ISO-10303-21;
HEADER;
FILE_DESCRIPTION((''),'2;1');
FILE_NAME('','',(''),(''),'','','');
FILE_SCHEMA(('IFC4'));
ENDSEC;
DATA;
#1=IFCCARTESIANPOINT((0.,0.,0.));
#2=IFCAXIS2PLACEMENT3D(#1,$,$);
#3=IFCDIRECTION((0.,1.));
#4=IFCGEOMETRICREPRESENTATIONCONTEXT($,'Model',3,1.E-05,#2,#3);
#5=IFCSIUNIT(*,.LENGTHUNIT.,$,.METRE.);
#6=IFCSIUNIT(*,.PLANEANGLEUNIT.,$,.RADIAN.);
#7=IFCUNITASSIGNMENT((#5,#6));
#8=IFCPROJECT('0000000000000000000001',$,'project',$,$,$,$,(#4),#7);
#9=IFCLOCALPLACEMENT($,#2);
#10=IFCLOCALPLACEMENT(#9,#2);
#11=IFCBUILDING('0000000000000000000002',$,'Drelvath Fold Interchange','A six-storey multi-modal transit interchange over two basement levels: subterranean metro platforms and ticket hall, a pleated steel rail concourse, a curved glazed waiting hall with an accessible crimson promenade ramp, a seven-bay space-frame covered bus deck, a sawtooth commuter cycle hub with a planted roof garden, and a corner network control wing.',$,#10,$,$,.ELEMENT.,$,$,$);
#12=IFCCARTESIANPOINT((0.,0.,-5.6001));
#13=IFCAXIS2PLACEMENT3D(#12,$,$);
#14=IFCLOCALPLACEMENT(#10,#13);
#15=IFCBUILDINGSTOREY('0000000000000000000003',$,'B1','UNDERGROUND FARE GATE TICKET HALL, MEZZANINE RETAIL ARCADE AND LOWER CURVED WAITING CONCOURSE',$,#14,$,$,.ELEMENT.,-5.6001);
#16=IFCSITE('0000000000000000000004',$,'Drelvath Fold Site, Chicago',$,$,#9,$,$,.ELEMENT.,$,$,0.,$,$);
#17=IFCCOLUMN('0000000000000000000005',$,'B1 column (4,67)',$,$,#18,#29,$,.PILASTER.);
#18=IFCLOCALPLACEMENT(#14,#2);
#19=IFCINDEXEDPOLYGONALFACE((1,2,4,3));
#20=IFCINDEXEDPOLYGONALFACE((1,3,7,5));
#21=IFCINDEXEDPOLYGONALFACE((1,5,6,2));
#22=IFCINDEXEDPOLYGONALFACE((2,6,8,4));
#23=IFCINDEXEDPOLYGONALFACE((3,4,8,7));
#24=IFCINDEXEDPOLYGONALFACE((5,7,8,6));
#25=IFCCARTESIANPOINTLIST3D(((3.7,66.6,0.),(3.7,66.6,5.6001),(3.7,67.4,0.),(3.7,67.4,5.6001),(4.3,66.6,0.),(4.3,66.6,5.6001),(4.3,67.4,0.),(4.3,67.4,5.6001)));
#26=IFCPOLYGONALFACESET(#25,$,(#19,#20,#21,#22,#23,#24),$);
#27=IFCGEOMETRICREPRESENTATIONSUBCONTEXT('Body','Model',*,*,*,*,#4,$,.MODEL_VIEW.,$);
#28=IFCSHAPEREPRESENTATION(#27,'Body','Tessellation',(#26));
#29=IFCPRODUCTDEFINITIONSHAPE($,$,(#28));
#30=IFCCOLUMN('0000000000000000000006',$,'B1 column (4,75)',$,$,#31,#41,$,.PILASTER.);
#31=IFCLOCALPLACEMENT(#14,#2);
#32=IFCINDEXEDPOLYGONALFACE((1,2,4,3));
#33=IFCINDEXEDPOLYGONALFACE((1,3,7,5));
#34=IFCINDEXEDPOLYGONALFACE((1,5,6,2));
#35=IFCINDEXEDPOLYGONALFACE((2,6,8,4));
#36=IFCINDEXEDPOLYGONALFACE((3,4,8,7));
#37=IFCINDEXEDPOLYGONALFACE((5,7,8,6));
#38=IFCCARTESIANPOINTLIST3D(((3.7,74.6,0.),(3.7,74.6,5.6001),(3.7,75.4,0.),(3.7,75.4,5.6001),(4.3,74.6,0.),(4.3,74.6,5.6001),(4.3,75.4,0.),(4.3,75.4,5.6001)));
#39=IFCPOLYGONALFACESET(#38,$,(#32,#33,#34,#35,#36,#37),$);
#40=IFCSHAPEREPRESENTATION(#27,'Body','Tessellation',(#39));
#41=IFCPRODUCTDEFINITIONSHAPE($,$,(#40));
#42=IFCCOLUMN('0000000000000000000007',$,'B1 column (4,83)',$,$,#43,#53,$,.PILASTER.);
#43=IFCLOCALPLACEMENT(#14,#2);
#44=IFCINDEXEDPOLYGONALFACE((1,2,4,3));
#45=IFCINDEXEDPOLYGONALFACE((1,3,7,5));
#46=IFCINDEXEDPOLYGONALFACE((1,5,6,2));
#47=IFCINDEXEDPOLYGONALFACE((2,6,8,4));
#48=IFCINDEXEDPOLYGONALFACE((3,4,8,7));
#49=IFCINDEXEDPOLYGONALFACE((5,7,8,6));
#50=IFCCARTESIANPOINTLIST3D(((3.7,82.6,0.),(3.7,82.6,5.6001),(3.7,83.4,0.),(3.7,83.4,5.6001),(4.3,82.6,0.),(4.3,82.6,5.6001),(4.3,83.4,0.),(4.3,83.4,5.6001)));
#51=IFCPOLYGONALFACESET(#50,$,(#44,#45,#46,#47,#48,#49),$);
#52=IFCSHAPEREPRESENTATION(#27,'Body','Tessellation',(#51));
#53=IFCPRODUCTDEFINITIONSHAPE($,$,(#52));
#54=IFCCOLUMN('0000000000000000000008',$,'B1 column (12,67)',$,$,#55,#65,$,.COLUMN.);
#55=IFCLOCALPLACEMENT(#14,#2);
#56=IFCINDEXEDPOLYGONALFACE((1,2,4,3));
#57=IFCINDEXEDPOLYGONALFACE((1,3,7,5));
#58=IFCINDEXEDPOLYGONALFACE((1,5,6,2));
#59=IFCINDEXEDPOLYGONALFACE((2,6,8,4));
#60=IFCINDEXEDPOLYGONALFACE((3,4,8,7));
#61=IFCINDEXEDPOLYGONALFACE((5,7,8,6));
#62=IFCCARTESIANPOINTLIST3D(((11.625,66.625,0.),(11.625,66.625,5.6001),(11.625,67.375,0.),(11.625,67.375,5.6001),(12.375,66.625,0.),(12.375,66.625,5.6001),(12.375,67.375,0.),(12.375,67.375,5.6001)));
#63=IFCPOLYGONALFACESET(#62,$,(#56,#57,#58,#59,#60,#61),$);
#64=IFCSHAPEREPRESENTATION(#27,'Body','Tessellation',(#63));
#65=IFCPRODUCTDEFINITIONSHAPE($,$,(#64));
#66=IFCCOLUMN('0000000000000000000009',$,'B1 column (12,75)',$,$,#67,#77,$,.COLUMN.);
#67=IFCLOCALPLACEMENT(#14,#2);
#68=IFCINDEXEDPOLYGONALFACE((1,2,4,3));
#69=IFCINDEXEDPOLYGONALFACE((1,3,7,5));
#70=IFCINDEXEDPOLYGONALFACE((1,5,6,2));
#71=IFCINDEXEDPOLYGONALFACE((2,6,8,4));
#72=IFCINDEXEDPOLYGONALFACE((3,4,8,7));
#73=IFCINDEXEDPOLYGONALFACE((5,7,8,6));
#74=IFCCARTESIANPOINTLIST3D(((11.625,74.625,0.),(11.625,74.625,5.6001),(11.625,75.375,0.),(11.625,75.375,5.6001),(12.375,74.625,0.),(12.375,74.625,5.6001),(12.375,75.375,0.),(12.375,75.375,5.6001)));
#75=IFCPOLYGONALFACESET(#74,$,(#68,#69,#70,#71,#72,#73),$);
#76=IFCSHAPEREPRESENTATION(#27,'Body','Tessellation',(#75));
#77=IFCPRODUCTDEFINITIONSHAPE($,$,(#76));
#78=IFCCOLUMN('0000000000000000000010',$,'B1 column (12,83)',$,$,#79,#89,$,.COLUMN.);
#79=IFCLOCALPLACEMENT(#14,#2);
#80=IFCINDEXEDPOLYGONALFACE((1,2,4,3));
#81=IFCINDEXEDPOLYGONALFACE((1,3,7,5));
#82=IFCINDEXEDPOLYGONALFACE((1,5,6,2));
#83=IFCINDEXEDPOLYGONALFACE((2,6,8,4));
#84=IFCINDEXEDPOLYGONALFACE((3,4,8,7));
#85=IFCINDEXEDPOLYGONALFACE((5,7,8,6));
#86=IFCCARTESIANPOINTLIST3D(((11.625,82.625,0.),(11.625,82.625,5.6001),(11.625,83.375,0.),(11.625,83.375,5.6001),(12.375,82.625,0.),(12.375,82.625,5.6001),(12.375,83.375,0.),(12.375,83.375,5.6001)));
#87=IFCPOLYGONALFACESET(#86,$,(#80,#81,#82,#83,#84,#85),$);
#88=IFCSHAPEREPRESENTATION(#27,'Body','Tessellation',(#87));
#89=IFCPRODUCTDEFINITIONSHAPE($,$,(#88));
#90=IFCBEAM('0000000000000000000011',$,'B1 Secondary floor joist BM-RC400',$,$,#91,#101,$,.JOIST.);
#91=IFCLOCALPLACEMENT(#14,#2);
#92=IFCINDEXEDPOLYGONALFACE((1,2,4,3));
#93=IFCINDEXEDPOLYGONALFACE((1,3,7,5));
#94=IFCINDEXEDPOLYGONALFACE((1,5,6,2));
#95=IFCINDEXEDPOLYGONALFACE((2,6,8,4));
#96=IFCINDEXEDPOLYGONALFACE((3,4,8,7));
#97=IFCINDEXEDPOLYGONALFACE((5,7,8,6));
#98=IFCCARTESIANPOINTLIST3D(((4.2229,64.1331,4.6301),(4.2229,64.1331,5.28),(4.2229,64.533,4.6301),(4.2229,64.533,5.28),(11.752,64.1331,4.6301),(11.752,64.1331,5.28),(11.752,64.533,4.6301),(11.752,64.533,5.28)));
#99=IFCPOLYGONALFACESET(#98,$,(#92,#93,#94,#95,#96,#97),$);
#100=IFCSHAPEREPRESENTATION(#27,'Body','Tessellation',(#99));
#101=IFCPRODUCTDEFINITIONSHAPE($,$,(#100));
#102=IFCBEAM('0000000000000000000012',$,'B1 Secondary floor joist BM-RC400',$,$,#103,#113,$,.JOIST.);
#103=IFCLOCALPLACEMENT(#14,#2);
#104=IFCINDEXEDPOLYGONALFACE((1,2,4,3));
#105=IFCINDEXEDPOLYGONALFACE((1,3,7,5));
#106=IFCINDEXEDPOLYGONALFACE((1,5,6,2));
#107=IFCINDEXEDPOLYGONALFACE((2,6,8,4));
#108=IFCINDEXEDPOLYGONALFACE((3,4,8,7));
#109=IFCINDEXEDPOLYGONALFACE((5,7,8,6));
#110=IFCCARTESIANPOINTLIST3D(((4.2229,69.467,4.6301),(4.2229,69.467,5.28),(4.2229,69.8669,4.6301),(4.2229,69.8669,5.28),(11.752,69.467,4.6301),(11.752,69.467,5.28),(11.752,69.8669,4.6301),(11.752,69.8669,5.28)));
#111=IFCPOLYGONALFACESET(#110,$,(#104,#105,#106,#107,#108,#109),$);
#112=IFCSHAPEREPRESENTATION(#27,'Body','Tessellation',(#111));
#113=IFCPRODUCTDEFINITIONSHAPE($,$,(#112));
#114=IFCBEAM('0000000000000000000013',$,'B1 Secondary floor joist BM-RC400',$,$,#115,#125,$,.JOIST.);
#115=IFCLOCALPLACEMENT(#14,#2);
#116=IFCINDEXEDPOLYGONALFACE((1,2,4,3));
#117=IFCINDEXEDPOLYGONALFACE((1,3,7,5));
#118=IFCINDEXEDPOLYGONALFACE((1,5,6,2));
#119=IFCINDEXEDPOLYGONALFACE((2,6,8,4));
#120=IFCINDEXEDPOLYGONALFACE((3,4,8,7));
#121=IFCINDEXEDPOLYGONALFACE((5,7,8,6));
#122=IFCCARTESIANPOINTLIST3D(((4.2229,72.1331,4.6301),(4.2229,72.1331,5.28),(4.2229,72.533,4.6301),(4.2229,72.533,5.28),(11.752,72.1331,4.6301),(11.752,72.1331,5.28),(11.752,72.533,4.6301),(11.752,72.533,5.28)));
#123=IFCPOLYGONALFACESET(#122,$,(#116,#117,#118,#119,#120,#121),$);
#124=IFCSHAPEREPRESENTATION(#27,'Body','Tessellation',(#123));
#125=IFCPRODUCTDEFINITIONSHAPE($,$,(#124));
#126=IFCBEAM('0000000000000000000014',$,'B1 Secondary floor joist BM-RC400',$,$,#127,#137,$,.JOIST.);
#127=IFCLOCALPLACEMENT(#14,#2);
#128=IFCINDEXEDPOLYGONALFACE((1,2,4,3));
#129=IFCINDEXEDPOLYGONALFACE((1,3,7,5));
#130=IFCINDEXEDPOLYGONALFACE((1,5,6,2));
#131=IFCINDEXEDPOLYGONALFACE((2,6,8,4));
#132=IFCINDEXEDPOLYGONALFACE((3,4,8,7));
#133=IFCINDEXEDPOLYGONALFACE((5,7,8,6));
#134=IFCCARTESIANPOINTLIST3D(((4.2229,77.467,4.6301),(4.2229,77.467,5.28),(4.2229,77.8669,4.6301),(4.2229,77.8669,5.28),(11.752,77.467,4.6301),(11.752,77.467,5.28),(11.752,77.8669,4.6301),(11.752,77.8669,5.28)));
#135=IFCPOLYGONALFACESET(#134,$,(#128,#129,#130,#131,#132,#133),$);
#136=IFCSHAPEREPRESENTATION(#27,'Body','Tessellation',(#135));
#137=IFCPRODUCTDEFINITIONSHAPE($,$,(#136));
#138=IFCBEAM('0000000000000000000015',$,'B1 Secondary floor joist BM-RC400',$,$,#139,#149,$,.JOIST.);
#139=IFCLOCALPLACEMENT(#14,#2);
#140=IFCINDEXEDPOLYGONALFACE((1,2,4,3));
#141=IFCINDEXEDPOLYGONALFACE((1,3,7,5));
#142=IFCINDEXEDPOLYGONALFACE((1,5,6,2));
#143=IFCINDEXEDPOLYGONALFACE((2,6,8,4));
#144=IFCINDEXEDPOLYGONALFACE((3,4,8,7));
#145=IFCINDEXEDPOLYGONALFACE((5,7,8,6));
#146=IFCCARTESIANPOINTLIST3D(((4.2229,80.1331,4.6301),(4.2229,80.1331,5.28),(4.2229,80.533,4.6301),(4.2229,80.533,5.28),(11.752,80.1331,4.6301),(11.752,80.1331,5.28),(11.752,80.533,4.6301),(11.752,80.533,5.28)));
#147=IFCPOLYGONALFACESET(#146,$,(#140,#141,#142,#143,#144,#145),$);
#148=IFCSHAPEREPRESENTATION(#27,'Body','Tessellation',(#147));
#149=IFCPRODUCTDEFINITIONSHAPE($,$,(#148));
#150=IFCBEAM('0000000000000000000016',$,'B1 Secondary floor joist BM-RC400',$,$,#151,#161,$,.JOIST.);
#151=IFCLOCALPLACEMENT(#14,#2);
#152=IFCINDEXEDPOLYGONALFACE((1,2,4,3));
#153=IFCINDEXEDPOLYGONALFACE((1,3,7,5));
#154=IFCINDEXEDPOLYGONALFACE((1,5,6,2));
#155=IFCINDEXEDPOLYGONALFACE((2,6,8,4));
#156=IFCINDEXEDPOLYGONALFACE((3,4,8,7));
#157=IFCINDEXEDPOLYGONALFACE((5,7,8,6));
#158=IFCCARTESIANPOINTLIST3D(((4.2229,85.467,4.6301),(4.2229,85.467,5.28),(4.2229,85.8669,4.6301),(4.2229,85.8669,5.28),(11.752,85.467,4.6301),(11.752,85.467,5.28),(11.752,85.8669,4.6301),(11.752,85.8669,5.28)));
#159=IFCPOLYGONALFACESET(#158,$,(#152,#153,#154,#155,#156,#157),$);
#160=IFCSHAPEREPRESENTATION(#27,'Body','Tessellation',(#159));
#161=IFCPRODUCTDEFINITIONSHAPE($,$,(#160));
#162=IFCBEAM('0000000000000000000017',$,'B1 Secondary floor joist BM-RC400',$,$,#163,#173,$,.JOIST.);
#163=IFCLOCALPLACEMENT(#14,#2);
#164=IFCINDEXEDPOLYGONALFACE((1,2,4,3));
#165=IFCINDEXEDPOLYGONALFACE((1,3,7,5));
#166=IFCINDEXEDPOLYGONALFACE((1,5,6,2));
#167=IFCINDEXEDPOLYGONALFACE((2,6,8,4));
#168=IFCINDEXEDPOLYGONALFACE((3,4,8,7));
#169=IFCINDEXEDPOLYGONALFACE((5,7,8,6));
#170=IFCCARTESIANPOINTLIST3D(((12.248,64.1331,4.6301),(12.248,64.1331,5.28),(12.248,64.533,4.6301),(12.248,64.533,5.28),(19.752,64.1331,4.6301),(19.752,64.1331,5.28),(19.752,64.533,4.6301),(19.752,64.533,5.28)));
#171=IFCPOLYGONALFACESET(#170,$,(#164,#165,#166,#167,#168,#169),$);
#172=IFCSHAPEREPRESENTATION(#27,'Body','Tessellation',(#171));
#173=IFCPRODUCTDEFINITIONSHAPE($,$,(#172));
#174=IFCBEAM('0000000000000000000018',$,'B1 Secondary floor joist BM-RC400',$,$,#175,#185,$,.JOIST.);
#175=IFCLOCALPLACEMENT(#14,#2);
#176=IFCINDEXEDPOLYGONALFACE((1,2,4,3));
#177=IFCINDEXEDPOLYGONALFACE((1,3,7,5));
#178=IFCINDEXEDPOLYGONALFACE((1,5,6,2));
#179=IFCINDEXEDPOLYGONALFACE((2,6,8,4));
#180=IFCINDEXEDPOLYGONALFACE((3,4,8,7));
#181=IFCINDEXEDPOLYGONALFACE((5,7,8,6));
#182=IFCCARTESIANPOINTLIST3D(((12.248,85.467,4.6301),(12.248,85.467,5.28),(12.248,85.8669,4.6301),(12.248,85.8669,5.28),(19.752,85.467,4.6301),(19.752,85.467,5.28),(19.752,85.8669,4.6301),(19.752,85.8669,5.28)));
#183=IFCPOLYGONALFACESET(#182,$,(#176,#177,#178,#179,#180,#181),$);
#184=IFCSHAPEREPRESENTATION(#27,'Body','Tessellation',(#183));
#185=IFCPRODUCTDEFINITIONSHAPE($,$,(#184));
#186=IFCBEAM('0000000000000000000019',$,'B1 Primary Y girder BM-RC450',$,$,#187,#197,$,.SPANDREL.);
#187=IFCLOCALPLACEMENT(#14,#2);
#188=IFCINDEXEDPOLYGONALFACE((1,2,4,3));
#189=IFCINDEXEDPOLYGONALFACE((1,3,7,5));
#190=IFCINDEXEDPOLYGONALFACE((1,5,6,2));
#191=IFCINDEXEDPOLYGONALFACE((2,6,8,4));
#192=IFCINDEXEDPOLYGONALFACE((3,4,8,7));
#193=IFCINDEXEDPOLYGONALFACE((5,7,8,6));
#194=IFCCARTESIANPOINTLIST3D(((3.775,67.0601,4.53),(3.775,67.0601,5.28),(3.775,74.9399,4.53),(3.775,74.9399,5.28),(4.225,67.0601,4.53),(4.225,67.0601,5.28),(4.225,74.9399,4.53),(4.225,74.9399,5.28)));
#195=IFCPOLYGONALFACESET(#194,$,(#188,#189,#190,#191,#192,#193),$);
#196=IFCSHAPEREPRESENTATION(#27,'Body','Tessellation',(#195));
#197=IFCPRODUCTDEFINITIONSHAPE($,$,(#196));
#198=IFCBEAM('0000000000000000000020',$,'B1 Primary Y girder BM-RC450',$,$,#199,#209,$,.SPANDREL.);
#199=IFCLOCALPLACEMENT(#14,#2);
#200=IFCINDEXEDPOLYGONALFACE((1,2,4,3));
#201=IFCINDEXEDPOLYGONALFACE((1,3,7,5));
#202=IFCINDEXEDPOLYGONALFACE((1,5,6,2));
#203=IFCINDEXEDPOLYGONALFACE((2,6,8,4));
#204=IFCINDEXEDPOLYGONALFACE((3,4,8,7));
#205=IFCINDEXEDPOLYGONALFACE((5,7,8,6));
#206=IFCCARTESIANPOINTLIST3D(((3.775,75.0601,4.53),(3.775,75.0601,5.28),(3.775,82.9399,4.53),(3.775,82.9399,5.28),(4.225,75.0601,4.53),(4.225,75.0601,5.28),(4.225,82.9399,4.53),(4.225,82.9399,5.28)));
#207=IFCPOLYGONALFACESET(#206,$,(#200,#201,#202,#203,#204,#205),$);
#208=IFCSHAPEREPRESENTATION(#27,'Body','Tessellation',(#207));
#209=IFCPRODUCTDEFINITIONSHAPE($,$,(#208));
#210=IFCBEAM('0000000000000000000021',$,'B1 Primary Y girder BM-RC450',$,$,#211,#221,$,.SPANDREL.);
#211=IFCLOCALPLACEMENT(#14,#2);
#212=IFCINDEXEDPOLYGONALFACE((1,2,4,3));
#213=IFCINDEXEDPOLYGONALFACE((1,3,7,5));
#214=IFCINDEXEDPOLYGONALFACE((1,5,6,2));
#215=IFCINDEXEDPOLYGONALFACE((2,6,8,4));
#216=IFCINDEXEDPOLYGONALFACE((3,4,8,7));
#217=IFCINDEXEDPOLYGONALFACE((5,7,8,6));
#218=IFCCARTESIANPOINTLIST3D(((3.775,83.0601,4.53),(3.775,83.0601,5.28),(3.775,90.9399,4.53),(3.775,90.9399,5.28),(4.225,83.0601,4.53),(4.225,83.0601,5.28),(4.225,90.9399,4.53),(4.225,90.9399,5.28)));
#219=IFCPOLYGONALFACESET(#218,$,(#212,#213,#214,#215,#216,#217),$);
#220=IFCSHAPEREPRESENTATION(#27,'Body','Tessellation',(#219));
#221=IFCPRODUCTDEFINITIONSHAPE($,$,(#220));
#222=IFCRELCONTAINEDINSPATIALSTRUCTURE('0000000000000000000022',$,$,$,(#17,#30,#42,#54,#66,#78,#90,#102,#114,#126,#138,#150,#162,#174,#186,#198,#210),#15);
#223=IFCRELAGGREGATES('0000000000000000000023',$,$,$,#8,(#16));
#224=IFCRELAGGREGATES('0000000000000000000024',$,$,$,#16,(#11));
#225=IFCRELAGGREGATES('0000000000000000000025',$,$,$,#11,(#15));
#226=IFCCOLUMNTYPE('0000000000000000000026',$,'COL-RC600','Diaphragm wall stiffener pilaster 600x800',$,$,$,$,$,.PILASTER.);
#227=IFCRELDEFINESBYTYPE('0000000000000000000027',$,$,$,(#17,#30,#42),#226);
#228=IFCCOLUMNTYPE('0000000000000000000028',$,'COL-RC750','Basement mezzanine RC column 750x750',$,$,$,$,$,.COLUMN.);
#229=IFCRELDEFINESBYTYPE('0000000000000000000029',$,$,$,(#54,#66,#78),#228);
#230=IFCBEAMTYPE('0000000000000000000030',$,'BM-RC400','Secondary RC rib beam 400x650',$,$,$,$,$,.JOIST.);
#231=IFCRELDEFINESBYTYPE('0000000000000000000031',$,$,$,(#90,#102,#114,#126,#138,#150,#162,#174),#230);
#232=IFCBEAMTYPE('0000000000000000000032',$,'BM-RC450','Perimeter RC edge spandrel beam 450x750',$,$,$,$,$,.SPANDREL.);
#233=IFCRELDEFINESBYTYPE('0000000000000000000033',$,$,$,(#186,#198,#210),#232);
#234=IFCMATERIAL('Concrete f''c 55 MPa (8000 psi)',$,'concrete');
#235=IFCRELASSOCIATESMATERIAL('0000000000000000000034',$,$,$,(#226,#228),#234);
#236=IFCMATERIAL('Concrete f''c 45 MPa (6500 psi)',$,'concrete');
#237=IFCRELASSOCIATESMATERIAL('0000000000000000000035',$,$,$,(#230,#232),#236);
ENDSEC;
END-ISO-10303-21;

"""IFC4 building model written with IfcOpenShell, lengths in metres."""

from ifc_helpers import new_model, si_unit, direction, frame, origin, origin_2d, place, context, subcontext, project, spatial, rectangle, extrude, material, material_profile, profile_set, type_object, element, save


model = new_model("IFC4")

# Units and contexts
model_context = context("Model", 3, precision=1e-05, world=origin(), true_north=direction((0.0, 1.0)))
body_context = subcontext(model_context, "Body", "Model", "MODEL_VIEW")
ifc_project = project(units=[si_unit("LENGTHUNIT", "METRE"), si_unit("PLANEANGLEUNIT", "RADIAN")], contexts=[model_context])

# Site, building, storey
site_placement = place(None, origin())
site = spatial("IfcSite", under=ifc_project, at=site_placement, Name="Drelvath Fold Site, Chicago", CompositionType="ELEMENT", RefElevation=0.0)
building_placement = place(site_placement, origin())
building = spatial("IfcBuilding", under=site, at=building_placement, Name="Drelvath Fold Interchange", Description="A six-storey multi-modal transit interchange over two basement levels: subterranean metro platforms and ticket hall, a pleated steel rail concourse, a curved glazed waiting hall with an accessible crimson promenade ramp, a seven-bay space-frame covered bus deck, a sawtooth commuter cycle hub with a planted roof garden, and a corner network control wing.", CompositionType="ELEMENT")
storey_placement = place(building_placement, frame((0.0, 0.0, -5.6001)))
storey = spatial("IfcBuildingStorey", under=building, at=storey_placement, Name="B1", Description="UNDERGROUND FARE GATE TICKET HALL, MEZZANINE RETAIL ARCADE AND LOWER CURVED WAITING CONCOURSE", CompositionType="ELEMENT", Elevation=-5.6001)

# Columns
ifc_material_1 = material(Name="Concrete f'c 55 MPa (8000 psi)", Category="concrete")
ifc_material_profile_1 = material_profile(ifc_material_1, rectangle(XDim=0.6001, YDim=0.8, at=origin_2d()), Name="RC 600x800")
ifc_profile_set_1 = profile_set([ifc_material_profile_1], Name="Concrete f'c 55 MPa (8000 psi)")
column_type_1 = type_object("IfcColumnType", Name="COL-RC600", Description="Diaphragm wall stiffener pilaster 600x800", PredefinedType="PILASTER", material=ifc_profile_set_1)
for number, where, z_axis, x_axis, name in (
    (1, (4.0, 67.0, 0.0), (0.0, 0.0, 1.0), (1.0, 0.0, 0.0), "B1 column (4,67)"),
    (2, (4.0, 75.0, 0.0), (0.0, 0.0, 1.0), (1.0, 0.0, 0.0), "B1 column (4,75)"),
    (3, (4.0, 83.0, 0.0), (0.0, 0.0, 1.0), (1.0, 0.0, 0.0), "B1 column (4,83)"),
):
    element("IfcColumn", number, at=place(storey_placement, frame(where, z_axis=z_axis, x_axis=x_axis)), inside=storey, type_object=column_type_1, Name=name, PredefinedType="PILASTER", context=body_context, shape_type="SweptSolid", body=[
        extrude(rectangle(XDim=0.6001, YDim=0.8, at=origin_2d()), origin(), (0.0, 0.0, 1.0), 5.6001),
    ])
ifc_material_profile_2 = material_profile(ifc_material_1, rectangle(XDim=0.75, YDim=0.75, at=origin_2d()), Name="RC 750x750")
ifc_profile_set_2 = profile_set([ifc_material_profile_2], Name="Concrete f'c 55 MPa (8000 psi)")
column_type_2 = type_object("IfcColumnType", Name="COL-RC750", Description="Basement mezzanine RC column 750x750", PredefinedType="COLUMN", material=ifc_profile_set_2)
for number, where, z_axis, x_axis, name in (
    (4, (12.0, 67.0, 0.0), (0.0, 0.0, 1.0), (1.0, 0.0, 0.0), "B1 column (12,67)"),
    (5, (12.0, 75.0, 0.0), (0.0, 0.0, 1.0), (1.0, 0.0, 0.0), "B1 column (12,75)"),
    (6, (12.0, 83.0, 0.0), (0.0, 0.0, 1.0), (1.0, 0.0, 0.0), "B1 column (12,83)"),
):
    element("IfcColumn", number, at=place(storey_placement, frame(where, z_axis=z_axis, x_axis=x_axis)), inside=storey, type_object=column_type_2, Name=name, PredefinedType="COLUMN", context=body_context, shape_type="SweptSolid", body=[
        extrude(rectangle(XDim=0.75, YDim=0.75, at=origin_2d()), origin(), (0.0, 0.0, 1.0), 5.6001),
    ])

# Beams
ifc_material_2 = material(Name="Concrete f'c 45 MPa (6500 psi)", Category="concrete")
ifc_material_profile_3 = material_profile(ifc_material_2, rectangle(XDim=0.3999, YDim=0.6499, at=origin_2d()), Name="RC 400x650")
ifc_profile_set_3 = profile_set([ifc_material_profile_3], Name="Concrete f'c 45 MPa (6500 psi)")
beam_type_1 = type_object("IfcBeamType", Name="BM-RC400", Description="Secondary RC rib beam 400x650", PredefinedType="JOIST", material=ifc_profile_set_3)
for number, where, z_axis, x_axis, name in (
    (7, (4.2229, 64.333, 4.9551), (1.0, 0.0, 0.0), (0.0, 1.0, 0.0), "B1 Secondary floor joist BM-RC400"),
    (8, (4.2229, 69.667, 4.9551), (1.0, 0.0, 0.0), (0.0, 1.0, 0.0), "B1 Secondary floor joist BM-RC400"),
    (9, (4.2229, 72.333, 4.9551), (1.0, 0.0, 0.0), (0.0, 1.0, 0.0), "B1 Secondary floor joist BM-RC400"),
    (10, (4.2229, 77.667, 4.9551), (1.0, 0.0, 0.0), (0.0, 1.0, 0.0), "B1 Secondary floor joist BM-RC400"),
    (11, (4.2229, 80.333, 4.9551), (1.0, 0.0, 0.0), (0.0, 1.0, 0.0), "B1 Secondary floor joist BM-RC400"),
    (12, (4.2229, 85.667, 4.9551), (1.0, 0.0, 0.0), (0.0, 1.0, 0.0), "B1 Secondary floor joist BM-RC400"),
):
    element("IfcBeam", number, at=place(storey_placement, frame(where, z_axis=z_axis, x_axis=x_axis)), inside=storey, type_object=beam_type_1, Name=name, PredefinedType="JOIST", context=body_context, shape_type="SweptSolid", body=[
        extrude(rectangle(XDim=0.3999, YDim=0.6499, at=origin_2d()), origin(), (0.0, 0.0, 1.0), 7.5291),
    ])
for number, where, z_axis, x_axis, name in (
    (13, (12.248, 64.333, 4.9551), (1.0, 0.0, 0.0), (0.0, 1.0, 0.0), "B1 Secondary floor joist BM-RC400"),
    (14, (12.248, 85.667, 4.9551), (1.0, 0.0, 0.0), (0.0, 1.0, 0.0), "B1 Secondary floor joist BM-RC400"),
):
    element("IfcBeam", number, at=place(storey_placement, frame(where, z_axis=z_axis, x_axis=x_axis)), inside=storey, type_object=beam_type_1, Name=name, PredefinedType="JOIST", context=body_context, shape_type="SweptSolid", body=[
        extrude(rectangle(XDim=0.3999, YDim=0.6499, at=origin_2d()), origin(), (0.0, 0.0, 1.0), 7.5039),
    ])
ifc_material_profile_4 = material_profile(ifc_material_2, rectangle(XDim=0.45, YDim=0.75, at=origin_2d()), Name="RC 450x750")
ifc_profile_set_4 = profile_set([ifc_material_profile_4], Name="Concrete f'c 45 MPa (6500 psi)")
beam_type_2 = type_object("IfcBeamType", Name="BM-RC450", Description="Perimeter RC edge spandrel beam 450x750", PredefinedType="SPANDREL", material=ifc_profile_set_4)
for number, where, z_axis, x_axis, name in (
    (15, (4.0, 67.0601, 4.905), (0.0, 1.0, 0.0), (-1.0, 0.0, 0.0), "B1 Primary Y girder BM-RC450"),
    (16, (4.0, 75.0601, 4.905), (0.0, 1.0, 0.0), (-1.0, 0.0, 0.0), "B1 Primary Y girder BM-RC450"),
    (17, (4.0, 83.0601, 4.905), (0.0, 1.0, 0.0), (-1.0, 0.0, 0.0), "B1 Primary Y girder BM-RC450"),
):
    element("IfcBeam", number, at=place(storey_placement, frame(where, z_axis=z_axis, x_axis=x_axis)), inside=storey, type_object=beam_type_2, Name=name, PredefinedType="SPANDREL", context=body_context, shape_type="SweptSolid", body=[
        extrude(rectangle(XDim=0.45, YDim=0.75, at=origin_2d()), origin(), (0.0, 0.0, 1.0), 7.8799),
    ])

save(model, "model.ifc")
